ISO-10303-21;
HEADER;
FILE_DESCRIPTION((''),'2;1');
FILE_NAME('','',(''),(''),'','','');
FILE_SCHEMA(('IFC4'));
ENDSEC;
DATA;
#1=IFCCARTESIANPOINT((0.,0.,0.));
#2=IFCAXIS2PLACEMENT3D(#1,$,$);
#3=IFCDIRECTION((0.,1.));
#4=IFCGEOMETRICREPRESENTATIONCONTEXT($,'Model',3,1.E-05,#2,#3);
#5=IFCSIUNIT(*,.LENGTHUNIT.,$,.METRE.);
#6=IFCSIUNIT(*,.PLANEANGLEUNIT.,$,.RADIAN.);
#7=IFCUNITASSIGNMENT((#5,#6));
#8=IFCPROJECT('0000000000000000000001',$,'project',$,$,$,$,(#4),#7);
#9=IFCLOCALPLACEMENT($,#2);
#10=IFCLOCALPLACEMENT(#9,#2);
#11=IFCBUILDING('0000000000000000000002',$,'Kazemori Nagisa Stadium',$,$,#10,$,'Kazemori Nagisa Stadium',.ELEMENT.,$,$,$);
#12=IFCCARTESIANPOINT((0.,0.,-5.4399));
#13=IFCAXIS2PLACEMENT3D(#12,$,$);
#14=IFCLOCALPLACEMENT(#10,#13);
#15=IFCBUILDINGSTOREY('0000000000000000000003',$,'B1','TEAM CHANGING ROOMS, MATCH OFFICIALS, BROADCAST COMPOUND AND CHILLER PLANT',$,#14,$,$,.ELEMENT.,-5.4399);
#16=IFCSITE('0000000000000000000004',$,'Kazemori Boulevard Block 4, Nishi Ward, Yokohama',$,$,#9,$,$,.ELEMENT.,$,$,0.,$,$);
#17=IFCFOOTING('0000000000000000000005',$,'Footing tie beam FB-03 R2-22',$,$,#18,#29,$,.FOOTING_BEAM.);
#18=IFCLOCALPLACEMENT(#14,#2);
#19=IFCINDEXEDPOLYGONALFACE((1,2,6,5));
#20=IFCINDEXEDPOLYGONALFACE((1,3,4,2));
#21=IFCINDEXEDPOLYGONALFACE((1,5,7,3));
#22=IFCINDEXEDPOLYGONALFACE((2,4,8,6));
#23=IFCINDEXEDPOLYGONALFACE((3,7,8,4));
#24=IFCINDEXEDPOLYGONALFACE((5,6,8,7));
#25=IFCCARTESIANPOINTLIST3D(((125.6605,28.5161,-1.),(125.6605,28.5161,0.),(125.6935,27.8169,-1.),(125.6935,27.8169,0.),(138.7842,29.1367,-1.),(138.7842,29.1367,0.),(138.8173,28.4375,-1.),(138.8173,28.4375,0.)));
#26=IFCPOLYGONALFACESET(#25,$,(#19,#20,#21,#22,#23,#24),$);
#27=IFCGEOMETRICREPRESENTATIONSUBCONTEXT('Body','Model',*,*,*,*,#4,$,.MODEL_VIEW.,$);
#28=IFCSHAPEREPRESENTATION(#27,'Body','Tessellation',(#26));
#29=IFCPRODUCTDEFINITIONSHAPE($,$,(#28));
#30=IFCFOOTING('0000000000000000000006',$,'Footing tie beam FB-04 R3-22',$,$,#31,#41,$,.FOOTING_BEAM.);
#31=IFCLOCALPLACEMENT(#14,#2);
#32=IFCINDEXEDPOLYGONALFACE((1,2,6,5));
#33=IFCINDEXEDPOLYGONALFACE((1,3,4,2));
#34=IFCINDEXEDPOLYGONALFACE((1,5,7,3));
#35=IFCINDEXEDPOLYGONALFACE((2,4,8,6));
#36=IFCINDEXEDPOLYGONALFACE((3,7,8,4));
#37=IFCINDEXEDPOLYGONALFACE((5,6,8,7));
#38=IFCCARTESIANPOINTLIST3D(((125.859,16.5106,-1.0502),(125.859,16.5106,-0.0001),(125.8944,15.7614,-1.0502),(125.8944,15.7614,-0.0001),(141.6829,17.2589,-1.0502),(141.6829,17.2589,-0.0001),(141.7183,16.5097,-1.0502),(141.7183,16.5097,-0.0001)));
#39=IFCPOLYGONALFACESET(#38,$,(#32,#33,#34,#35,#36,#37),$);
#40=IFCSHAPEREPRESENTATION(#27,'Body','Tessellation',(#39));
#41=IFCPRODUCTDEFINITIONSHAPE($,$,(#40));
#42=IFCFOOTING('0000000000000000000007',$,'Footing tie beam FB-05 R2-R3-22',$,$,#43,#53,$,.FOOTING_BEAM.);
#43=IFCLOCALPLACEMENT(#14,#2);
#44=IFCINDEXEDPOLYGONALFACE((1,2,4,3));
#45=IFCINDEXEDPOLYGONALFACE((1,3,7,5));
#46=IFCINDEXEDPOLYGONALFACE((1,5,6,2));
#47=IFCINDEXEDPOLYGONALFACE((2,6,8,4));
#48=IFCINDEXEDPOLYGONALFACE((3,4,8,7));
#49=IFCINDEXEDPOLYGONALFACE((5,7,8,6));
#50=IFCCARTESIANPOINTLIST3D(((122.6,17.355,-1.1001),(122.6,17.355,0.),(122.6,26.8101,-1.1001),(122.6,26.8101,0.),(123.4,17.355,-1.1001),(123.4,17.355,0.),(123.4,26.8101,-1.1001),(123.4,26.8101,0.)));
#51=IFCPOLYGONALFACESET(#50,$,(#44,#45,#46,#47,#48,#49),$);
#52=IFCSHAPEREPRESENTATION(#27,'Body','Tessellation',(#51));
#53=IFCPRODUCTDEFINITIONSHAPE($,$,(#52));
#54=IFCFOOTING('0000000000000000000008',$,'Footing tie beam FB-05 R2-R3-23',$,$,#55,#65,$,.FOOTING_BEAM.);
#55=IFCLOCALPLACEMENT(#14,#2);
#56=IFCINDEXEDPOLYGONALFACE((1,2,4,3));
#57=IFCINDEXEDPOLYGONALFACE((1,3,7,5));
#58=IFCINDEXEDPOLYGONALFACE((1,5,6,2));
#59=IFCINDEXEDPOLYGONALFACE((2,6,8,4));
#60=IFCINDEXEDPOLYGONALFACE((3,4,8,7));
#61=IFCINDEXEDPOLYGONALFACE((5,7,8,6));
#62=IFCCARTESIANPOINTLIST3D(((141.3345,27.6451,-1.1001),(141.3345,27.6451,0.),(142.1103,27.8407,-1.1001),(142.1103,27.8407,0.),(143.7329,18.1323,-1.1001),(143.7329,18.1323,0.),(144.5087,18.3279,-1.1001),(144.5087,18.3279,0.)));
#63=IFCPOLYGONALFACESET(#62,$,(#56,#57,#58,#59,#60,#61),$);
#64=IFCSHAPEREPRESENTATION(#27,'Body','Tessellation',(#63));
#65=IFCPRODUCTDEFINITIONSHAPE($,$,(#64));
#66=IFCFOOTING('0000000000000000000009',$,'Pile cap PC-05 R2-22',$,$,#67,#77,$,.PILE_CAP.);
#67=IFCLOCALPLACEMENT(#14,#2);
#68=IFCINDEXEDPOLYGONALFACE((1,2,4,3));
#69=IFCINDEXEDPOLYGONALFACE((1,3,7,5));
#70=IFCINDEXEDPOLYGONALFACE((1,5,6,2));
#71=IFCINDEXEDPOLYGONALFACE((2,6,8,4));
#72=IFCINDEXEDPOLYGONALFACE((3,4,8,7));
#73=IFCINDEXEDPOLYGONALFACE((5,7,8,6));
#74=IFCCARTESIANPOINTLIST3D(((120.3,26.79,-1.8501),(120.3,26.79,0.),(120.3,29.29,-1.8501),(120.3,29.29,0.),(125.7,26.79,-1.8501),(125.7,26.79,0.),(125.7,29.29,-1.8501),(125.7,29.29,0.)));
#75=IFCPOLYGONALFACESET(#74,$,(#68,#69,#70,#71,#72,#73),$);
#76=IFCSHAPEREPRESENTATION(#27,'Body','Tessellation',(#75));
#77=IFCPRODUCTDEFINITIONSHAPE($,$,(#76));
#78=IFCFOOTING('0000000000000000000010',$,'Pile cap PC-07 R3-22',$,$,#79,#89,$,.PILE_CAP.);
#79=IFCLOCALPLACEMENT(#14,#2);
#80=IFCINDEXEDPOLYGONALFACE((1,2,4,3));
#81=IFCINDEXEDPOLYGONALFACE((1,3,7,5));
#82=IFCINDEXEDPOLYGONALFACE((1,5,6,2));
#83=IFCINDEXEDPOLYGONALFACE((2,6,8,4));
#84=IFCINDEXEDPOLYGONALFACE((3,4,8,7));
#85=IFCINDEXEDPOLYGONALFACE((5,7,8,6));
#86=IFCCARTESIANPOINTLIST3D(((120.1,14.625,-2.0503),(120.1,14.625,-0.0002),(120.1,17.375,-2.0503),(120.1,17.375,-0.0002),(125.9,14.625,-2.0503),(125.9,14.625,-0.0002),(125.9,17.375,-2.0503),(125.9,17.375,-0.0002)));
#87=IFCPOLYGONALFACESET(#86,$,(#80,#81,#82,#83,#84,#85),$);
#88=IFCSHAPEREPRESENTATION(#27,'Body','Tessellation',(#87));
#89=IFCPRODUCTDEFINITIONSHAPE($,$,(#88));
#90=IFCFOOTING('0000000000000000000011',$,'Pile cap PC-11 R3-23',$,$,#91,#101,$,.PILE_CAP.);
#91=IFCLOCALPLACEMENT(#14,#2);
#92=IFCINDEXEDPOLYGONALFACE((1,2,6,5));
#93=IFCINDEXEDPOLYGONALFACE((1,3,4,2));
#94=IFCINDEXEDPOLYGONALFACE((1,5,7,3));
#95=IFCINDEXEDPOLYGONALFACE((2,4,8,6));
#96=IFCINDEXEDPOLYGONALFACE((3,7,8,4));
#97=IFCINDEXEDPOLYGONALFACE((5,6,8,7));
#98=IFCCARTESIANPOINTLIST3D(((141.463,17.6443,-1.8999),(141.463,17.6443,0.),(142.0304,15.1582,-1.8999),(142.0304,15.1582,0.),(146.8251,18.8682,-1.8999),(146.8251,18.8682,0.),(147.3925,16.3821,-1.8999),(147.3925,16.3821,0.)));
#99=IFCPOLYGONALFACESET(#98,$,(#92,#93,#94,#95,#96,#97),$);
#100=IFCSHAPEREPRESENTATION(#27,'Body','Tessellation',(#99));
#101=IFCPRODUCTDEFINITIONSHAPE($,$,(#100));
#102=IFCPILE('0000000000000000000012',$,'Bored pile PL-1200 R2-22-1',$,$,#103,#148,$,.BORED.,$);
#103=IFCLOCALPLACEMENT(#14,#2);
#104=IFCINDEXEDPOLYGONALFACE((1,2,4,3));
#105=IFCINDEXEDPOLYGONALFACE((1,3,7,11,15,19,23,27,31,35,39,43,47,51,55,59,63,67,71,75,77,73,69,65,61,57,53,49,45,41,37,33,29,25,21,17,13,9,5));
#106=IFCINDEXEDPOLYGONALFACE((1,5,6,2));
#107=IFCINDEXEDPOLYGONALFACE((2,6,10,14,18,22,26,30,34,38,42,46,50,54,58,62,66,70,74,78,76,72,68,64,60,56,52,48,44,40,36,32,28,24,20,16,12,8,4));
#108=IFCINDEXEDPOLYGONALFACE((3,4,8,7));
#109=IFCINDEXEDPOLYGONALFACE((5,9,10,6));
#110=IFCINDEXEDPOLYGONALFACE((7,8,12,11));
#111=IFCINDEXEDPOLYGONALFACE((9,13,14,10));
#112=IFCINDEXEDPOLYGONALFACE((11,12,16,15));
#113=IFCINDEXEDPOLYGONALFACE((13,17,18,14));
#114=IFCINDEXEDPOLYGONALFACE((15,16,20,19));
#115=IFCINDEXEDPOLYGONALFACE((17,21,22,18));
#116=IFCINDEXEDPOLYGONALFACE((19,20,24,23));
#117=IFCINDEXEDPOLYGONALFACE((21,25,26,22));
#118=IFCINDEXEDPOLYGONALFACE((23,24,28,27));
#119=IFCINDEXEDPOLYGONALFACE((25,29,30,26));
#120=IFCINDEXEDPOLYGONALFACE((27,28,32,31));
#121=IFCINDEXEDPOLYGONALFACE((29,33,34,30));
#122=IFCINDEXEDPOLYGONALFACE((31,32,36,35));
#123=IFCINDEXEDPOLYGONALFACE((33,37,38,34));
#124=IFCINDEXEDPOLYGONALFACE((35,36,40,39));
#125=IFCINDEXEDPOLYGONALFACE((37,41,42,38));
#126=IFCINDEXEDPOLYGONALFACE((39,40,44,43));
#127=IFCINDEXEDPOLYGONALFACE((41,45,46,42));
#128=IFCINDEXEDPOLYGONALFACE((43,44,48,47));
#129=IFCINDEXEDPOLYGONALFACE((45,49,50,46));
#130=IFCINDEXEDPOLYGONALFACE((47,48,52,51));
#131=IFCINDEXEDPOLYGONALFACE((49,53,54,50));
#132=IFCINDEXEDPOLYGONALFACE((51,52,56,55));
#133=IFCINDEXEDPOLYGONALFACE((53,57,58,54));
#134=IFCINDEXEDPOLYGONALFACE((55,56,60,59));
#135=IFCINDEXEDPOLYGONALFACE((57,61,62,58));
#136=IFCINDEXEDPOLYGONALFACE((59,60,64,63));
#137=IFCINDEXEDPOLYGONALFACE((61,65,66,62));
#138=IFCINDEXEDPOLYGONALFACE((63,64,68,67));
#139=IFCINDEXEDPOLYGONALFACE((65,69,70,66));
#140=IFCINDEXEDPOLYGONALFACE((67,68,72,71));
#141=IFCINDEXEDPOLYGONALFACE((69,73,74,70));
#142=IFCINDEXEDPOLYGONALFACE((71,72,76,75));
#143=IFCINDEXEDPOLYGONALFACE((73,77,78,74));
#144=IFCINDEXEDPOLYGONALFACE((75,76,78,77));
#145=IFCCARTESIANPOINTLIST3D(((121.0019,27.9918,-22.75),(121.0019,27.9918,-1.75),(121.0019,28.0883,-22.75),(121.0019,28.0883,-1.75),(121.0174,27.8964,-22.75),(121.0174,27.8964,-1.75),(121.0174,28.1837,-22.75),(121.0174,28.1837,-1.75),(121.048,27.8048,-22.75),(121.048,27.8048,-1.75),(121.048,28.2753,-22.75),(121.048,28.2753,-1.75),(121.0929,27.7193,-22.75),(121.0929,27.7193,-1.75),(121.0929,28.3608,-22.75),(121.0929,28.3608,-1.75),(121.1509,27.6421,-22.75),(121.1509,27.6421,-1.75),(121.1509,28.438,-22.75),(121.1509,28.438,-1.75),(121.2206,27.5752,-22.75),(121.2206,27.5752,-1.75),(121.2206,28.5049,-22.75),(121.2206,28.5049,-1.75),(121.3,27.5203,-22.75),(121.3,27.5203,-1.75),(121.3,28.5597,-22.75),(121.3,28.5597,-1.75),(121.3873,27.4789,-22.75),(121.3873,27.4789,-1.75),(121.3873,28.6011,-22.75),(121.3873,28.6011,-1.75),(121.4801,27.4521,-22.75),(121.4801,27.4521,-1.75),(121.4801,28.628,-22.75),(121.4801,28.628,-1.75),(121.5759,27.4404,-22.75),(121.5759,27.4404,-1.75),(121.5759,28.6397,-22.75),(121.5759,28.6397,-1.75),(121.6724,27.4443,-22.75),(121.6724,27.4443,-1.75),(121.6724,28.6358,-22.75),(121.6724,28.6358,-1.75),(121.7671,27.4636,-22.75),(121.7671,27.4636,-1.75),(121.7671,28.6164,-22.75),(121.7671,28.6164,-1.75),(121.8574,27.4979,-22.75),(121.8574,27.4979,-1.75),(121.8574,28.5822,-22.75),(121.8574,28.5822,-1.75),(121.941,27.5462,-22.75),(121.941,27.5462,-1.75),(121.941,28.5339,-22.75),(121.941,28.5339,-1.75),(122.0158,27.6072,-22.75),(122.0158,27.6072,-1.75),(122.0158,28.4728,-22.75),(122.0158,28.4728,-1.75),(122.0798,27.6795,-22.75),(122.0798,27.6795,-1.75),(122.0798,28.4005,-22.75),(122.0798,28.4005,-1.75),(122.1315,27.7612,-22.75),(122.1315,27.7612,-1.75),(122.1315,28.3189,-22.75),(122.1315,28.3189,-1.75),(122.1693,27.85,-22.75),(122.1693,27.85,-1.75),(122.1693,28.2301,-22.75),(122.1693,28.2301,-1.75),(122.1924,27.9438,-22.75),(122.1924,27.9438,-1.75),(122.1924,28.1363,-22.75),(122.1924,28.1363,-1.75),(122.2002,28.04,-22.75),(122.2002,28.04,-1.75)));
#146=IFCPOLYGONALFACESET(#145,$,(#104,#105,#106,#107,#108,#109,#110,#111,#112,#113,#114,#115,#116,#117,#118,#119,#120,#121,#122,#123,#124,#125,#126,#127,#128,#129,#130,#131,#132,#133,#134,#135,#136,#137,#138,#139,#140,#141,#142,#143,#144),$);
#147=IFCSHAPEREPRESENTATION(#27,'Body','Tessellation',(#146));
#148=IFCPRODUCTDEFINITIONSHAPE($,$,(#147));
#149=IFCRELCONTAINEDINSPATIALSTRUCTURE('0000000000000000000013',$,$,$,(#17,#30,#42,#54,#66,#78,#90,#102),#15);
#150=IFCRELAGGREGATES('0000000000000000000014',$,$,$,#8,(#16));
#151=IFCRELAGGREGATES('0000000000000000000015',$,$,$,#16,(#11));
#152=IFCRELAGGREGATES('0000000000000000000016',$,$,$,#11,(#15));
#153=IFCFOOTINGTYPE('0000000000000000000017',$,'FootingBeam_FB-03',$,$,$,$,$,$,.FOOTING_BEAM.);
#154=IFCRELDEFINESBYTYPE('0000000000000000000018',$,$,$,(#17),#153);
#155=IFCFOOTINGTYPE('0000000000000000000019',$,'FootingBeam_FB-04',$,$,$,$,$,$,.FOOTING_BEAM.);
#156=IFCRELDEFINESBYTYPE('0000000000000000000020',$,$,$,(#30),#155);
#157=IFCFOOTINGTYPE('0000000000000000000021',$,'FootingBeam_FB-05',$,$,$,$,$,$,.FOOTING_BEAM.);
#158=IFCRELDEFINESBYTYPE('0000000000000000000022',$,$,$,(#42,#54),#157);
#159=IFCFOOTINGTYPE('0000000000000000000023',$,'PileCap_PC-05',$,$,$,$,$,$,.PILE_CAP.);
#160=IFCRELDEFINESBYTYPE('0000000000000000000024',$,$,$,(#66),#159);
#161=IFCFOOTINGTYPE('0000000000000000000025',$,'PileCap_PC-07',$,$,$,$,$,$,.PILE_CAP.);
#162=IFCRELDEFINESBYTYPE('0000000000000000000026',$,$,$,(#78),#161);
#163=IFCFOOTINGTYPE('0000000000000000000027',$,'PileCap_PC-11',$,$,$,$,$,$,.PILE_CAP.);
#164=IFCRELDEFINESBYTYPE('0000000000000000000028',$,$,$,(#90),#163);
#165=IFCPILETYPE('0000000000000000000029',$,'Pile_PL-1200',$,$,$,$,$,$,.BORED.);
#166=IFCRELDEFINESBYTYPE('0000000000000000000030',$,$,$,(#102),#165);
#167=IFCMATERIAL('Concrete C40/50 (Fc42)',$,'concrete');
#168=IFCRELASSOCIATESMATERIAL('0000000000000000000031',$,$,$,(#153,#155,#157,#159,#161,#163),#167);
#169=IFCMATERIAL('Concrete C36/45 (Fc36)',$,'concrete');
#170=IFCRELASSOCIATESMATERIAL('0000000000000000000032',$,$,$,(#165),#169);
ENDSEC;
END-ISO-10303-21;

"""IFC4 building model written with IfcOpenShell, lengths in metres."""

from ifc_helpers import new_model, si_unit, direction, frame, origin, origin_2d, place, context, subcontext, project, spatial, rectangle, circle, extrude, material, material_profile, profile_set, type_object, element, save


model = new_model("IFC4")

# Units and contexts
model_context = context("Model", 3, precision=1e-05, world=origin(), true_north=direction((0.0, 1.0)))
body_context = subcontext(model_context, "Body", "Model", "MODEL_VIEW")
ifc_project = project(units=[si_unit("LENGTHUNIT", "METRE"), si_unit("PLANEANGLEUNIT", "RADIAN")], contexts=[model_context])

# Site, building, storey
site_placement = place(None, origin())
site = spatial("IfcSite", under=ifc_project, at=site_placement, Name="Kazemori Boulevard Block 4, Nishi Ward, Yokohama", CompositionType="ELEMENT", RefElevation=0.0)
building_placement = place(site_placement, origin())
building = spatial("IfcBuilding", under=site, at=building_placement, Name="Kazemori Nagisa Stadium", LongName="Kazemori Nagisa Stadium", CompositionType="ELEMENT")
storey_placement = place(building_placement, frame((0.0, 0.0, -5.4399)))
storey = spatial("IfcBuildingStorey", under=building, at=storey_placement, Name="B1", Description="TEAM CHANGING ROOMS, MATCH OFFICIALS, BROADCAST COMPOUND AND CHILLER PLANT", CompositionType="ELEMENT", Elevation=-5.4399)

# Footings
ifc_material_1 = material(Name="Concrete C40/50 (Fc42)", Category="concrete")
ifc_material_profile_1 = material_profile(ifc_material_1, rectangle(XDim=0.7, YDim=1.0, at=origin_2d()), Name="RC-FB-700x1000")
ifc_profile_set_1 = profile_set([ifc_material_profile_1], Name="Concrete C40/50 (Fc42)")
footing_type_1 = type_object("IfcFootingType", Name="FootingBeam_FB-03", PredefinedType="FOOTING_BEAM", material=ifc_profile_set_1)
footing_1_placement = place(storey_placement, frame((125.677, 28.1665, -0.5), z_axis=(0.998884, 0.047236, 0.0), x_axis=(-0.047236, 0.998884, 0.0)))
element("IfcFooting", 1, at=footing_1_placement, inside=storey, type_object=footing_type_1, Name="Footing tie beam FB-03 R2-22", PredefinedType="FOOTING_BEAM", context=body_context, shape_type="SweptSolid", body=[
    extrude(rectangle(XDim=0.7, YDim=1.0, at=origin_2d()), origin(), (0.0, 0.0, 1.0), 13.1384),
])
ifc_material_profile_2 = material_profile(ifc_material_1, rectangle(XDim=0.75, YDim=1.05, at=origin_2d()), Name="RC-FB-750x1050")
ifc_profile_set_2 = profile_set([ifc_material_profile_2], Name="Concrete C40/50 (Fc42)")
footing_type_2 = type_object("IfcFootingType", Name="FootingBeam_FB-04", PredefinedType="FOOTING_BEAM", material=ifc_profile_set_2)
footing_2_placement = place(storey_placement, frame((125.8767, 16.136, -0.5251), z_axis=(0.998884, 0.047236, 0.0), x_axis=(-0.047236, 0.998884, 0.0)))
element("IfcFooting", 2, at=footing_2_placement, inside=storey, type_object=footing_type_2, Name="Footing tie beam FB-04 R3-22", PredefinedType="FOOTING_BEAM", context=body_context, shape_type="SweptSolid", body=[
    extrude(rectangle(XDim=0.75, YDim=1.05, at=origin_2d()), origin(), (0.0, 0.0, 1.0), 15.8416),
])
ifc_material_profile_3 = material_profile(ifc_material_1, rectangle(XDim=0.8, YDim=1.1001, at=origin_2d()), Name="RC-FB-800x1100")
ifc_profile_set_3 = profile_set([ifc_material_profile_3], Name="Concrete C40/50 (Fc42)")
footing_type_3 = type_object("IfcFootingType", Name="FootingBeam_FB-05", PredefinedType="FOOTING_BEAM", material=ifc_profile_set_3)
footing_3_placement = place(storey_placement, frame((123.0, 26.8101, -0.55), z_axis=(0.0, -1.0, 0.0), x_axis=(1.0, 0.0, 0.0)))
element("IfcFooting", 3, at=footing_3_placement, inside=storey, type_object=footing_type_3, Name="Footing tie beam FB-05 R2-R3-22", PredefinedType="FOOTING_BEAM", context=body_context, shape_type="SweptSolid", body=[
    extrude(rectangle(XDim=0.8, YDim=1.1001, at=origin_2d()), origin(), (0.0, 0.0, 1.0), 9.4551),
])
footing_4_placement = place(storey_placement, frame((141.7224, 27.7429, -0.55), z_axis=(0.244473, -0.969656, 0.0), x_axis=(0.969656, 0.244473, 0.0)))
element("IfcFooting", 4, at=footing_4_placement, inside=storey, type_object=footing_type_3, Name="Footing tie beam FB-05 R2-R3-23", PredefinedType="FOOTING_BEAM", context=body_context, shape_type="SweptSolid", body=[
    extrude(rectangle(XDim=0.8, YDim=1.1001, at=origin_2d()), origin(), (0.0, 0.0, 1.0), 9.8105),
])
footing_type_4 = type_object("IfcFootingType", Name="PileCap_PC-05", PredefinedType="PILE_CAP", material=ifc_material_1)
footing_5_placement = place(storey_placement, frame((123.0, 28.04, -1.8501), z_axis=(0.0, 0.0, 1.0), x_axis=(1.0, 0.0, 0.0)))
element("IfcFooting", 5, at=footing_5_placement, inside=storey, type_object=footing_type_4, Name="Pile cap PC-05 R2-22", PredefinedType="PILE_CAP", context=body_context, shape_type="SweptSolid", body=[
    extrude(rectangle(XDim=5.3999, YDim=2.5, at=origin_2d()), origin(), (0.0, 0.0, 1.0), 1.8501),
])
footing_type_5 = type_object("IfcFootingType", Name="PileCap_PC-07", PredefinedType="PILE_CAP", material=ifc_material_1)
footing_6_placement = place(storey_placement, frame((123.0, 16.0, -2.0503), z_axis=(0.0, 0.0, 1.0), x_axis=(1.0, 0.0, 0.0)))
element("IfcFooting", 6, at=footing_6_placement, inside=storey, type_object=footing_type_5, Name="Pile cap PC-07 R3-22", PredefinedType="PILE_CAP", context=body_context, shape_type="SweptSolid", body=[
    extrude(rectangle(XDim=5.8, YDim=2.75, at=origin_2d()), origin(), (0.0, 0.0, 1.0), 2.05),
])
footing_type_6 = type_object("IfcFootingType", Name="PileCap_PC-11", PredefinedType="PILE_CAP", material=ifc_material_1)
footing_7_placement = place(storey_placement, frame((144.4277, 17.0132, -1.8999), z_axis=(0.0, 0.0, 1.0), x_axis=(0.974928, 0.222521, 0.0)))
element("IfcFooting", 7, at=footing_7_placement, inside=storey, type_object=footing_type_6, Name="Pile cap PC-11 R3-23", PredefinedType="PILE_CAP", context=body_context, shape_type="SweptSolid", body=[
    extrude(rectangle(XDim=5.5, YDim=2.55, at=origin_2d()), origin(), (0.0, 0.0, 1.0), 1.8999),
])

# Pile
ifc_material_2 = material(Name="Concrete C36/45 (Fc36)", Category="concrete")
ifc_material_profile_4 = material_profile(ifc_material_2, circle(Radius=0.6001, at=origin_2d()), Name="PILE-D1200")
ifc_profile_set_4 = profile_set([ifc_material_profile_4], Name="Concrete C36/45 (Fc36)")
pile_type = type_object("IfcPileType", Name="Pile_PL-1200", PredefinedType="BORED", material=ifc_profile_set_4)
for number, where, z_axis, x_axis, name in (
    (8, (121.6001, 28.04, -1.75), (0.0, 0.0, -1.0), (1.0, 0.0, 0.0), "Bored pile PL-1200 R2-22-1"),
):
    element("IfcPile", number, at=place(storey_placement, frame(where, z_axis=z_axis, x_axis=x_axis)), inside=storey, type_object=pile_type, Name=name, PredefinedType="BORED", context=body_context, shape_type="SweptSolid", body=[
        extrude(circle(Radius=0.6001, at=origin_2d()), origin(), (0.0, 0.0, 1.0), 21.0),
    ])

save(model, "model.ifc")
